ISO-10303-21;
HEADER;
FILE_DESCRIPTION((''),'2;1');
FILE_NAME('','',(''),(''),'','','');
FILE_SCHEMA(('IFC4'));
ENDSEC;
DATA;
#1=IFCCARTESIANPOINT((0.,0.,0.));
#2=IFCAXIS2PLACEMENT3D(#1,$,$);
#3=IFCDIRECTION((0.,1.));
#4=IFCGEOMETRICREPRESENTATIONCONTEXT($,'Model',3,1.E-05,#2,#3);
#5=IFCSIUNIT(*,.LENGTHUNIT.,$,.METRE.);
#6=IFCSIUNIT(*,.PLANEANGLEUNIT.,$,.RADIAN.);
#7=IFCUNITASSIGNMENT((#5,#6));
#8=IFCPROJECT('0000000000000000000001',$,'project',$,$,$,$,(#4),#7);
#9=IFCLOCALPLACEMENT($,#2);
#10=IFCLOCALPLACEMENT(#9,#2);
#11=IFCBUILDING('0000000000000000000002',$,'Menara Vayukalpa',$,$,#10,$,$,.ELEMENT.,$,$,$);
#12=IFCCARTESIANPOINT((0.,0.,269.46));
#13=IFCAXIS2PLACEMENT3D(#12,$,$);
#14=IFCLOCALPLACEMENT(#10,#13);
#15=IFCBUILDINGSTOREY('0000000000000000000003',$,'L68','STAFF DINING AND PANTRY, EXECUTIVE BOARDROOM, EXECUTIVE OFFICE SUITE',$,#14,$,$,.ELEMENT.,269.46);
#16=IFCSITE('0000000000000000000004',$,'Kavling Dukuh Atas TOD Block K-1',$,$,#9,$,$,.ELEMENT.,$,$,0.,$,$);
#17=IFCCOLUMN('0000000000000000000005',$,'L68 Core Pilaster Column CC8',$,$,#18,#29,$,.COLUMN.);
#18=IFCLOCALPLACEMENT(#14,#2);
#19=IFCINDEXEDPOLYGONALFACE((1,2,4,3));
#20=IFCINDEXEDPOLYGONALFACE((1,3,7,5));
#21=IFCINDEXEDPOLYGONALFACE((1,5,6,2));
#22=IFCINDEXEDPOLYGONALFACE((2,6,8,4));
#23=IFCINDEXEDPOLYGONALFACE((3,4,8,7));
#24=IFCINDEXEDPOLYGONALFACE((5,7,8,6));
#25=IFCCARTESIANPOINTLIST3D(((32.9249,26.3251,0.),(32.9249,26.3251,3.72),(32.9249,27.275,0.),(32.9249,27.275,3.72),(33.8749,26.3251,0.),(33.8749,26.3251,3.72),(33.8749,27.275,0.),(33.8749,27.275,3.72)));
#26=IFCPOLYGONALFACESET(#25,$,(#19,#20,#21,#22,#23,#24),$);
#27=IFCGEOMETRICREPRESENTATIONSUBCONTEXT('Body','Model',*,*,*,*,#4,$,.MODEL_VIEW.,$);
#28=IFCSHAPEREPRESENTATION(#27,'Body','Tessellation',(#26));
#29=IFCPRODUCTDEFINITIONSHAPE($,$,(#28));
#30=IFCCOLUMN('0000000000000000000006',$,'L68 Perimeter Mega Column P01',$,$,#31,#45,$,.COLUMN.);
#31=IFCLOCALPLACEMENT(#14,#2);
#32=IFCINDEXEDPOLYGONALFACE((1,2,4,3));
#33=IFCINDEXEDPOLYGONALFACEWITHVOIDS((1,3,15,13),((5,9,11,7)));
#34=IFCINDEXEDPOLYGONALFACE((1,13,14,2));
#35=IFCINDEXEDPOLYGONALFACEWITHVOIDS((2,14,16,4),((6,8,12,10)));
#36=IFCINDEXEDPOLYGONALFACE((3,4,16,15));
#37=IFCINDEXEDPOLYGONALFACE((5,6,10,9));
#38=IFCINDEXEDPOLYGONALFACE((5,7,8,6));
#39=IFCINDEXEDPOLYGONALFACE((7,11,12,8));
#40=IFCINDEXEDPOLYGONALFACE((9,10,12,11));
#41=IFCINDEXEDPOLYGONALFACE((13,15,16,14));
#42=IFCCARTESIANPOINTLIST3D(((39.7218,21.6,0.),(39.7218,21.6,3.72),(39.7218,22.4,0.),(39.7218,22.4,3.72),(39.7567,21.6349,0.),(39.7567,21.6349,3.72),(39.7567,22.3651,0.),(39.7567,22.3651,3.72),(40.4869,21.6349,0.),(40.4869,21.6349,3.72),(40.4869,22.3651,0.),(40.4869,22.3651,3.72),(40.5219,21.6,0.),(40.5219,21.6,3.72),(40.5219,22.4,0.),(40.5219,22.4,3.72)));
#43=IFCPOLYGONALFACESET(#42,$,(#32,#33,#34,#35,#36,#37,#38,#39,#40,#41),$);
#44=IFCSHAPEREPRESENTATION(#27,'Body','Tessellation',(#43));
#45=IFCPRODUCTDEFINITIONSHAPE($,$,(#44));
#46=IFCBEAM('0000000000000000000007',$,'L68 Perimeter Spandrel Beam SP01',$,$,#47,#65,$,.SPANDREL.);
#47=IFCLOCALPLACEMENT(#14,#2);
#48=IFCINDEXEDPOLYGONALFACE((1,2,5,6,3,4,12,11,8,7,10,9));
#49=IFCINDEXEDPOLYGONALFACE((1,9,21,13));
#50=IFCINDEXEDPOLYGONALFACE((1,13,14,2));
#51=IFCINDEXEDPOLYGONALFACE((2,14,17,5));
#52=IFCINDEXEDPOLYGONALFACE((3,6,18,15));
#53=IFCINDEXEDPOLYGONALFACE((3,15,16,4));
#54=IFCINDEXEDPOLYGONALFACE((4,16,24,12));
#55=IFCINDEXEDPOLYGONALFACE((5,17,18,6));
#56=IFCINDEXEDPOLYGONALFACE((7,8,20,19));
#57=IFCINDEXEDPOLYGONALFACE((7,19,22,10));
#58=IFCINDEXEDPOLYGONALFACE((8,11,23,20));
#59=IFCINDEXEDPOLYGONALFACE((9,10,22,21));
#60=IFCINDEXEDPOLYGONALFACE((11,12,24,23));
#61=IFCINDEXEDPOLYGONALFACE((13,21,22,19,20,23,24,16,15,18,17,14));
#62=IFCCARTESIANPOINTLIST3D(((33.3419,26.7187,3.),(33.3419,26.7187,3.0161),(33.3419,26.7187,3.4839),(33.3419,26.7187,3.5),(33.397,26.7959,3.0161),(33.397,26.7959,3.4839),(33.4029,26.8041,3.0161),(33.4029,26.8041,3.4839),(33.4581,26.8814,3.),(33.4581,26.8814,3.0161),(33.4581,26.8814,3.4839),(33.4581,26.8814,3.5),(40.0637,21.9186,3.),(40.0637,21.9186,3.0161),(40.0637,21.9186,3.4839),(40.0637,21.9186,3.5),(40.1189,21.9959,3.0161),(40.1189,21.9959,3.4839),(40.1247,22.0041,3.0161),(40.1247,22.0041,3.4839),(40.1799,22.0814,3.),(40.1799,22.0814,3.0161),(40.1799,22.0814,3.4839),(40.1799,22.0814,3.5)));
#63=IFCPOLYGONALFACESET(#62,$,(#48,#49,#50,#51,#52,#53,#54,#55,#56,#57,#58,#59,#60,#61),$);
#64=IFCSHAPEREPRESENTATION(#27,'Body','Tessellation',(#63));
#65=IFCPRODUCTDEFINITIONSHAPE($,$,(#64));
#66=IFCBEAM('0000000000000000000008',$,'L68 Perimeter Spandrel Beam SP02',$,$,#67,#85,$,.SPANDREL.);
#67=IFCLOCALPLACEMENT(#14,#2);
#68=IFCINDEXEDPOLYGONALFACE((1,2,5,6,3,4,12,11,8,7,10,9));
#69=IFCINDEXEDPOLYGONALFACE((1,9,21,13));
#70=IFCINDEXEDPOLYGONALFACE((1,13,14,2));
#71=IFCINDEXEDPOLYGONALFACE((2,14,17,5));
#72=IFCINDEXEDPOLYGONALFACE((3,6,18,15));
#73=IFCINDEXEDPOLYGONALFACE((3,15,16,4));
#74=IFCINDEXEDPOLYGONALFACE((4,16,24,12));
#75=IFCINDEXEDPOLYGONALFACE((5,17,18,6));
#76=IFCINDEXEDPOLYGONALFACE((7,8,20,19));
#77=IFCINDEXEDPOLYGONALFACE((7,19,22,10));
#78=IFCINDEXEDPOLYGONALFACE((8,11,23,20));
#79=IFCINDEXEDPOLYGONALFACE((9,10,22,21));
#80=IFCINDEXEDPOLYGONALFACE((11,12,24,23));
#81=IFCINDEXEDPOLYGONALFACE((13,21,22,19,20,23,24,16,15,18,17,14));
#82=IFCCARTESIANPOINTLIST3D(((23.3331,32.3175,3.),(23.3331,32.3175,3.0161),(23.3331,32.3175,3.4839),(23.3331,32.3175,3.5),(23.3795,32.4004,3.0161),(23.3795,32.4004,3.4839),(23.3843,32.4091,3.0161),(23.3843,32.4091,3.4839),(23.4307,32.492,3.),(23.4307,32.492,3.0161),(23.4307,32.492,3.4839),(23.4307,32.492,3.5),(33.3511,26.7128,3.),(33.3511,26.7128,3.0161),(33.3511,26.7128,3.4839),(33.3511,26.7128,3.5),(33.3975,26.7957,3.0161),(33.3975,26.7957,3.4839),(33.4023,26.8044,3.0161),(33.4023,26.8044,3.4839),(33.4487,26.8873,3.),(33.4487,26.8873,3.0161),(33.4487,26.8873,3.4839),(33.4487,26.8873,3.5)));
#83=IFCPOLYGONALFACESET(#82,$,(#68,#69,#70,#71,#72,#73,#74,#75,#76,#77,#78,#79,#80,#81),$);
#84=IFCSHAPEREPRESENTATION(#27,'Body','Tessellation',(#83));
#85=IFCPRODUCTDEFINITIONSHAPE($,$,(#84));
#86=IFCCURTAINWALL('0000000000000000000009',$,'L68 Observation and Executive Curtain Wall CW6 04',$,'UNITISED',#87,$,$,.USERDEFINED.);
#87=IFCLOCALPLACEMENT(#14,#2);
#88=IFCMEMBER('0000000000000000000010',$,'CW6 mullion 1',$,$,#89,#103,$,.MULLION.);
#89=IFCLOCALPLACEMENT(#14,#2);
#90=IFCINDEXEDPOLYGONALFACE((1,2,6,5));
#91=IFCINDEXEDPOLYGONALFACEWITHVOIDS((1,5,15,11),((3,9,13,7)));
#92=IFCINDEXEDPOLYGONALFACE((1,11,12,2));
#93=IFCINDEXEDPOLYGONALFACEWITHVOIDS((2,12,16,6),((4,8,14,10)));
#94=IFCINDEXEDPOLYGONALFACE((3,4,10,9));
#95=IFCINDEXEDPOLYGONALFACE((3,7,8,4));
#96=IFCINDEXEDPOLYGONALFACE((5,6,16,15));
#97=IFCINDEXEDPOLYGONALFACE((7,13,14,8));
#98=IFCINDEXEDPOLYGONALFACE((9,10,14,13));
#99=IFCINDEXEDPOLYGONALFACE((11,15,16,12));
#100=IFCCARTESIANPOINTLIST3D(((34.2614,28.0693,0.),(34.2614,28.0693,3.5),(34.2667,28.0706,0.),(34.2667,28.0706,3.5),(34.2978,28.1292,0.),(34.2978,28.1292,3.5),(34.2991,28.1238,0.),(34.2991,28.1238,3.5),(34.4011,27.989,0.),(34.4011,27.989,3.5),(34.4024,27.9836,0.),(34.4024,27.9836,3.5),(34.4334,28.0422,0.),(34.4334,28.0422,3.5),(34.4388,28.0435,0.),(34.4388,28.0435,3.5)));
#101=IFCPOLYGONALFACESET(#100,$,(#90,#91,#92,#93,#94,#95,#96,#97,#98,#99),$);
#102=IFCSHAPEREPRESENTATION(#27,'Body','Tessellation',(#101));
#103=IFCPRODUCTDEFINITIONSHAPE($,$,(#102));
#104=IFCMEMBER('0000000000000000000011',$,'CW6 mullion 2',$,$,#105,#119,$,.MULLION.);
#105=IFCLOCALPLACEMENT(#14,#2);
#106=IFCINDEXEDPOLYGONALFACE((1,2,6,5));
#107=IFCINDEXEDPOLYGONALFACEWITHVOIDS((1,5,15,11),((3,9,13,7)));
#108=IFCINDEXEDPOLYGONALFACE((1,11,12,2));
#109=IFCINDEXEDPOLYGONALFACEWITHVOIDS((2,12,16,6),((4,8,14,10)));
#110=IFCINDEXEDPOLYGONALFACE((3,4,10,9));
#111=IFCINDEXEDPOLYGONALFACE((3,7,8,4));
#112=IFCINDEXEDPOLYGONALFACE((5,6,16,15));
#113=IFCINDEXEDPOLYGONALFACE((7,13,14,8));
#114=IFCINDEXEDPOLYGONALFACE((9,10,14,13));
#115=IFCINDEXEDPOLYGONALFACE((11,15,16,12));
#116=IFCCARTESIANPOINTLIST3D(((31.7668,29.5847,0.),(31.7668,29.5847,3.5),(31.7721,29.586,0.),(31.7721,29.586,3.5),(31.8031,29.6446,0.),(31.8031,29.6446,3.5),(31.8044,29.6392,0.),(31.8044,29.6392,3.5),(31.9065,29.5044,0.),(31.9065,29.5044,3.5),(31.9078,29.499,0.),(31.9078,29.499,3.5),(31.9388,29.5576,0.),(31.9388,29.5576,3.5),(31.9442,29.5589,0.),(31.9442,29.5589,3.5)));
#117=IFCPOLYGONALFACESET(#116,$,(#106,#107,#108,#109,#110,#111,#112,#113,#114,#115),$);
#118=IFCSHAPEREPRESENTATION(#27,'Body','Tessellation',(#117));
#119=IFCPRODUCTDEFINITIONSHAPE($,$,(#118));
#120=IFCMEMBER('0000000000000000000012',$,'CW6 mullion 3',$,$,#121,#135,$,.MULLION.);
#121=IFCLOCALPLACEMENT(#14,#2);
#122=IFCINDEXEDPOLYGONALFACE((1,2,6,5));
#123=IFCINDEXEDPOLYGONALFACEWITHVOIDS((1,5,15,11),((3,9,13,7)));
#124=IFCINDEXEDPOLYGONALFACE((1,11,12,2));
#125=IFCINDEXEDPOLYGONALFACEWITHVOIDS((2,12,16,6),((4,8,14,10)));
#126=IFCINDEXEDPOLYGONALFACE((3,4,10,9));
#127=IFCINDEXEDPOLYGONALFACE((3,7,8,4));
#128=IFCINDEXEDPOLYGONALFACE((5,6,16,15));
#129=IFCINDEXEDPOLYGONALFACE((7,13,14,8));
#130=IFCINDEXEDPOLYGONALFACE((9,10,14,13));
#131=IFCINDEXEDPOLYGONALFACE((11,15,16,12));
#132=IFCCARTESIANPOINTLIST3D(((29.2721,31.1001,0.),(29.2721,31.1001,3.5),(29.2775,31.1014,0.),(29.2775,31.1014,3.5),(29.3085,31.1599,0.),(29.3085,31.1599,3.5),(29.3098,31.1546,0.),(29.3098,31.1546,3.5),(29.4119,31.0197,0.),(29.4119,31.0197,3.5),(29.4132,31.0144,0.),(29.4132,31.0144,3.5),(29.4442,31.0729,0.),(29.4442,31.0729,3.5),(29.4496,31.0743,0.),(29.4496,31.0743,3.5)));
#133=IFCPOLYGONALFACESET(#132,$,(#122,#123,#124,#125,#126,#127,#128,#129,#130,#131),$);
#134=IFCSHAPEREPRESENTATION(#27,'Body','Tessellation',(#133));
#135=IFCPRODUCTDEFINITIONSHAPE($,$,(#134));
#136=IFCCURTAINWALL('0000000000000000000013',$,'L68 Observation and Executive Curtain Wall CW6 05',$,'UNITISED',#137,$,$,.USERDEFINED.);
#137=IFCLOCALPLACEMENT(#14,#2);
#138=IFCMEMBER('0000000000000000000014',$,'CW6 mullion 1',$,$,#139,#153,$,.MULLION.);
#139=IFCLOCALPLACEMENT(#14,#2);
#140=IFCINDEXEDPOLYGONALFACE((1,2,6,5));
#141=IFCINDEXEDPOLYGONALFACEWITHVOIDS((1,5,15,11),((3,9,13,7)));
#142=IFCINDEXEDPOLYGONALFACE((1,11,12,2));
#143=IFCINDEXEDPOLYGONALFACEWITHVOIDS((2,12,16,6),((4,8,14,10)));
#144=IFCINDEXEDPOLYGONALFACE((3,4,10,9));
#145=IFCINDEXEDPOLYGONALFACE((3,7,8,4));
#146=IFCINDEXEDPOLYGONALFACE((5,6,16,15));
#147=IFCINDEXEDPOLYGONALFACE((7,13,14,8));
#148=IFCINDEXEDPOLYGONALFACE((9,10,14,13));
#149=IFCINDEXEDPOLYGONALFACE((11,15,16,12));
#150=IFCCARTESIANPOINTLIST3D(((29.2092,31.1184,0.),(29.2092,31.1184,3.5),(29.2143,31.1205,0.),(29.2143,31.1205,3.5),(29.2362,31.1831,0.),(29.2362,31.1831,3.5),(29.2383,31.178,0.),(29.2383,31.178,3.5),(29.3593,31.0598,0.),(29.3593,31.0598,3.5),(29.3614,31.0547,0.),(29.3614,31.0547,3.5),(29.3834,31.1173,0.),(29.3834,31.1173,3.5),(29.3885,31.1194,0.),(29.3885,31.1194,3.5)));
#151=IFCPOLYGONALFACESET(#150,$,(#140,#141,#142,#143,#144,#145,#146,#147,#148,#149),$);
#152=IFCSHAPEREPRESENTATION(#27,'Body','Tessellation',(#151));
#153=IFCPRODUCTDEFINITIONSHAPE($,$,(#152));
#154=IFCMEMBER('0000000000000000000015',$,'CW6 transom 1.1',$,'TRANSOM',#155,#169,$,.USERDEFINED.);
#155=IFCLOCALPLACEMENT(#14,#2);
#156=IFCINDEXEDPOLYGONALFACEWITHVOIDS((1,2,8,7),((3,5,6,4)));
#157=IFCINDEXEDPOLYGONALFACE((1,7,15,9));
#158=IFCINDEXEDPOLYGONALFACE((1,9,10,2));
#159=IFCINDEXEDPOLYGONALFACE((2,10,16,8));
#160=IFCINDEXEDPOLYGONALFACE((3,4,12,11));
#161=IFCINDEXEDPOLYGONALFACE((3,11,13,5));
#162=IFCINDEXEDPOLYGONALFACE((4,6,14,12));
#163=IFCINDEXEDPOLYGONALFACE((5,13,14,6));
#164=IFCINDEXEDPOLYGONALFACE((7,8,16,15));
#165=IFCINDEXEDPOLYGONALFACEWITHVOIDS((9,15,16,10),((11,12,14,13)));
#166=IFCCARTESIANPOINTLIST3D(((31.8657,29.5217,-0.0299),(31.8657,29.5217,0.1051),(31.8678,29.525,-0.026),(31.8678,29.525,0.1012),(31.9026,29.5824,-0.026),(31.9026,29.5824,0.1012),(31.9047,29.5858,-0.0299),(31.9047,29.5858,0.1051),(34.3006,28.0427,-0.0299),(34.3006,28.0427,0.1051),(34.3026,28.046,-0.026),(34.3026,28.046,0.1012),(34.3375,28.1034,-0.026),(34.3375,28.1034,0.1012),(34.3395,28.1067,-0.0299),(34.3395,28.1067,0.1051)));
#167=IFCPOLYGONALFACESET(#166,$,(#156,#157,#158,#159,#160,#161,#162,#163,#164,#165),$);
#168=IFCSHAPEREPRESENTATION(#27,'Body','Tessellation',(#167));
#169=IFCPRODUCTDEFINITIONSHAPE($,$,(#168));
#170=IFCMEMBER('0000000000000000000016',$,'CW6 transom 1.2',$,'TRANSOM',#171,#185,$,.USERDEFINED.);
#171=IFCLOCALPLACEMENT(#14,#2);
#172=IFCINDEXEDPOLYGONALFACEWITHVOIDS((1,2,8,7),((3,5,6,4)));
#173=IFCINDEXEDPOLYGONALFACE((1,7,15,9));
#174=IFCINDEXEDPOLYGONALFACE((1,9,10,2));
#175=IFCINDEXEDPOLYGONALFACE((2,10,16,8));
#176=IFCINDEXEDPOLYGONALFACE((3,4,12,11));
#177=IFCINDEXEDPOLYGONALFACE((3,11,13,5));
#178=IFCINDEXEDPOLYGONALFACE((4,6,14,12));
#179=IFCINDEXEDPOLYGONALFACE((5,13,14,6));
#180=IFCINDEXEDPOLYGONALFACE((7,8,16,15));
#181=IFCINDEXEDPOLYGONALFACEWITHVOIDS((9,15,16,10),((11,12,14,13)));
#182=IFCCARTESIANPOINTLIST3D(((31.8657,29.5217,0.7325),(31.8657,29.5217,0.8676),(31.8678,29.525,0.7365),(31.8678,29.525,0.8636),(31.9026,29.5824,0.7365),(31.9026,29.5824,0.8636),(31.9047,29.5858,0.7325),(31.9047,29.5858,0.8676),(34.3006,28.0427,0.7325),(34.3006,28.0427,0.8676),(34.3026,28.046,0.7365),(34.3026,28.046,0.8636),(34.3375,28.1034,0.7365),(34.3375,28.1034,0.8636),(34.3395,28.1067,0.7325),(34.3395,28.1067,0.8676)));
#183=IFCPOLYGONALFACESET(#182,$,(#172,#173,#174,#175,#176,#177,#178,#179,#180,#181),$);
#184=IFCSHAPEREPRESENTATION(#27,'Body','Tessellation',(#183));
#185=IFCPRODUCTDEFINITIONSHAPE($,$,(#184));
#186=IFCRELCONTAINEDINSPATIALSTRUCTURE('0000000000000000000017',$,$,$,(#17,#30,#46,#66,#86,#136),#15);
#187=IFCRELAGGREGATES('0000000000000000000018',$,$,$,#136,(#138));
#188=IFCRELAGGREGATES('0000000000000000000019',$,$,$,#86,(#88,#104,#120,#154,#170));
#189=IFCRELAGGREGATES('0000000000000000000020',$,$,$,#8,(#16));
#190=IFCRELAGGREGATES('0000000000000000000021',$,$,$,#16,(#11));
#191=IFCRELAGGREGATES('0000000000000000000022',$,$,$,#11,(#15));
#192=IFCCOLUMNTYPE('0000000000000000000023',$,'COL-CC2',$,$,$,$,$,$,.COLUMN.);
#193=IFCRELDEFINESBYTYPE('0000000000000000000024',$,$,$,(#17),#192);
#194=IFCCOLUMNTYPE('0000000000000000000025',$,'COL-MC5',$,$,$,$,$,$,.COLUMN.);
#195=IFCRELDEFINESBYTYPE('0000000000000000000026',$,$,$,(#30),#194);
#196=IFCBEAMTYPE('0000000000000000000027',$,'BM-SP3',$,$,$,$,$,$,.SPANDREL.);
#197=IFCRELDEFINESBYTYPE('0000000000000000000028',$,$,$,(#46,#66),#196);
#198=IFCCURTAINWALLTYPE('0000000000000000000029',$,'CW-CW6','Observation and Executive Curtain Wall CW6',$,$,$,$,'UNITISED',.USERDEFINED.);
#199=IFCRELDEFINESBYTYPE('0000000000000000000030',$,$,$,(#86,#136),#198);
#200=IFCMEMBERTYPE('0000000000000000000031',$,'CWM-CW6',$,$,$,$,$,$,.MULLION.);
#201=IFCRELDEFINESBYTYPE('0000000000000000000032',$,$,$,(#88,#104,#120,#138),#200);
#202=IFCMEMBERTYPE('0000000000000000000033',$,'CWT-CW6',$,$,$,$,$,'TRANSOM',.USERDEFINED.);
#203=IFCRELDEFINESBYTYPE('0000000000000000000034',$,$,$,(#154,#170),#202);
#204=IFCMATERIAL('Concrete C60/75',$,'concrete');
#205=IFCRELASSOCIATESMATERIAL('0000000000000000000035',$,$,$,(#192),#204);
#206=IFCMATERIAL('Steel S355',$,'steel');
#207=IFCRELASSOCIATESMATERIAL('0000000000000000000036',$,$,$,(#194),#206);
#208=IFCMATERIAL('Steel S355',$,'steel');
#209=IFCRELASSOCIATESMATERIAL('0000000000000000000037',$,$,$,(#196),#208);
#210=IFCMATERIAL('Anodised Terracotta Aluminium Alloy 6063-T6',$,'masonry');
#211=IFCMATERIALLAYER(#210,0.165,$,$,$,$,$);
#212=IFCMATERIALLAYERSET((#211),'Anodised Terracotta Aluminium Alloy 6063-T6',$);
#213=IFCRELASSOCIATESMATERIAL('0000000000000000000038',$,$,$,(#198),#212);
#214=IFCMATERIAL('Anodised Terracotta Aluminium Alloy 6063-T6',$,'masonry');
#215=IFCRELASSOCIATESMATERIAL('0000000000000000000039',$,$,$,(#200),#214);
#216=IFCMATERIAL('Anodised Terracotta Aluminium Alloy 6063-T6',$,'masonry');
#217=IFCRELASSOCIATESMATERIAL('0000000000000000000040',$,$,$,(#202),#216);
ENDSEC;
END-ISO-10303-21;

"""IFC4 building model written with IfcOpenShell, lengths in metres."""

from ifc_helpers import new_model, si_unit, direction, frame, origin, origin_2d, place, context, subcontext, project, spatial, rectangle, hollow_rectangle, i_section, extrude, material, layer, layer_set, material_profile, profile_set, type_object, element, aggregate, save


model = new_model("IFC4")

# Units and contexts
model_context = context("Model", 3, precision=1e-05, world=origin(), true_north=direction((0.0, 1.0)))
body_context = subcontext(model_context, "Body", "Model", "MODEL_VIEW")
ifc_project = project(units=[si_unit("LENGTHUNIT", "METRE"), si_unit("PLANEANGLEUNIT", "RADIAN")], contexts=[model_context])

# Site, building, storey
site_placement = place(None, origin())
site = spatial("IfcSite", under=ifc_project, at=site_placement, Name="Kavling Dukuh Atas TOD Block K-1", CompositionType="ELEMENT", RefElevation=0.0)
building_placement = place(site_placement, origin())
building = spatial("IfcBuilding", under=site, at=building_placement, Name="Menara Vayukalpa", CompositionType="ELEMENT")
storey_placement = place(building_placement, frame((0.0, 0.0, 269.46)))
storey = spatial("IfcBuildingStorey", under=building, at=storey_placement, Name="L68", Description="STAFF DINING AND PANTRY, EXECUTIVE BOARDROOM, EXECUTIVE OFFICE SUITE", CompositionType="ELEMENT", Elevation=269.46)

# Columns
ifc_material_1 = material(Name="Concrete C60/75", Category="concrete")
ifc_material_profile_1 = material_profile(ifc_material_1, rectangle(XDim=0.95, YDim=0.95, at=origin_2d()), Name="RC 950x950")
ifc_profile_set_1 = profile_set([ifc_material_profile_1], Name="Concrete C60/75")
column_type_1 = type_object("IfcColumnType", Name="COL-CC2", PredefinedType="COLUMN", material=ifc_profile_set_1)
column_1_placement = place(storey_placement, frame((33.3999, 26.8, 0.0), z_axis=(0.0, 0.0, 1.0), x_axis=(1.0, 0.0, 0.0)))
element("IfcColumn", 1, at=column_1_placement, inside=storey, type_object=column_type_1, Name="L68 Core Pilaster Column CC8", PredefinedType="COLUMN", context=body_context, shape_type="SweptSolid", body=[
    extrude(rectangle(XDim=0.95, YDim=0.95, at=origin_2d()), origin(), (0.0, 0.0, 1.0), 3.72),
])
ifc_material_2 = material(Name="Steel S355", Category="steel")
ifc_material_profile_2 = material_profile(ifc_material_2, hollow_rectangle(XDim=0.8, YDim=0.8, WallThickness=0.0349, at=origin_2d()), Name="BOX 800x800x35")
ifc_profile_set_2 = profile_set([ifc_material_profile_2], Name="Steel S355")
column_type_2 = type_object("IfcColumnType", Name="COL-MC5", PredefinedType="COLUMN", material=ifc_profile_set_2)
column_2_placement = place(storey_placement, frame((40.1218, 22.0, 0.0), z_axis=(0.0, 0.0, 1.0), x_axis=(1.0, 0.0, 0.0)))
element("IfcColumn", 2, at=column_2_placement, inside=storey, type_object=column_type_2, Name="L68 Perimeter Mega Column P01", PredefinedType="COLUMN", context=body_context, shape_type="SweptSolid", body=[
    extrude(hollow_rectangle(XDim=0.8, YDim=0.8, WallThickness=0.0349, at=origin_2d()), origin(), (0.0, 0.0, 1.0), 3.72),
])

# Beams
ifc_material_3 = material(Name="Steel S355", Category="steel")
ifc_material_profile_3 = material_profile(ifc_material_3, i_section(OverallWidth=0.2, OverallDepth=0.5, WebThickness=0.01, FlangeThickness=0.0161, at=origin_2d()), Name="WF 500x200x10x16")
ifc_profile_set_3 = profile_set([ifc_material_profile_3], Name="Steel S355")
beam_type = type_object("IfcBeamType", Name="BM-SP3", PredefinedType="SPANDREL", material=ifc_profile_set_3)
beam_1_placement = place(storey_placement, frame((40.1218, 22.0, 3.25), z_axis=(-0.813809, 0.581132, 0.0), x_axis=(-0.581132, -0.813809, 0.0)))
element("IfcBeam", 3, at=beam_1_placement, inside=storey, type_object=beam_type, Name="L68 Perimeter Spandrel Beam SP01", PredefinedType="SPANDREL", context=body_context, shape_type="SweptSolid", body=[
    extrude(i_section(OverallWidth=0.2, OverallDepth=0.5, WebThickness=0.01, FlangeThickness=0.0161, at=origin_2d()), origin(), (0.0, 0.0, 1.0), 8.2598),
])
beam_2_placement = place(storey_placement, frame((33.3999, 26.8, 3.25), z_axis=(-0.872706, 0.488246, 0.0), x_axis=(-0.488246, -0.872706, 0.0)))
element("IfcBeam", 4, at=beam_2_placement, inside=storey, type_object=beam_type, Name="L68 Perimeter Spandrel Beam SP02", PredefinedType="SPANDREL", context=body_context, shape_type="SweptSolid", body=[
    extrude(i_section(OverallWidth=0.2, OverallDepth=0.5, WebThickness=0.01, FlangeThickness=0.0161, at=origin_2d()), origin(), (0.0, 0.0, 1.0), 11.4792),
])

# Curtain wall, members
ifc_material_4 = material(Name="Anodised Terracotta Aluminium Alloy 6063-T6", Category="masonry")
ifc_layer_1 = layer(ifc_material_4, 0.165)
ifc_layer_set_1 = layer_set([ifc_layer_1], Name="Anodised Terracotta Aluminium Alloy 6063-T6")
curtain_wall_type = type_object("IfcCurtainWallType", Name="CW-CW6", Description="Observation and Executive Curtain Wall CW6", ElementType="UNITISED", PredefinedType="USERDEFINED", material=ifc_layer_set_1)
curtain_wall_1_placement = place(storey_placement, origin())
curtain_wall_1 = element("IfcCurtainWall", 5, at=curtain_wall_1_placement, inside=storey, type_object=curtain_wall_type, Name="L68 Observation and Executive Curtain Wall CW6 04", ObjectType="UNITISED", PredefinedType="USERDEFINED")
ifc_material_5 = material(Name="Anodised Terracotta Aluminium Alloy 6063-T6", Category="masonry")
ifc_material_profile_4 = material_profile(ifc_material_5, hollow_rectangle(XDim=0.0701, YDim=0.165, WallThickness=0.0039, at=origin_2d()), Name="ALU 70x165x4")
ifc_profile_set_4 = profile_set([ifc_material_profile_4], Name="Anodised Terracotta Aluminium Alloy 6063-T6")
member_type_1 = type_object("IfcMemberType", Name="CWM-CW6", PredefinedType="MULLION", material=ifc_profile_set_4)
member_1_placement = place(storey_placement, frame((34.3501, 28.0564, 0.0), z_axis=(0.0, 0.0, 1.0), x_axis=(-0.519176, -0.854668, 0.0)))
member_1 = element("IfcMember", 6, at=member_1_placement, type_object=member_type_1, Name="CW6 mullion 1", PredefinedType="MULLION", context=body_context, shape_type="SweptSolid", body=[
    extrude(hollow_rectangle(XDim=0.0701, YDim=0.165, WallThickness=0.0039, at=origin_2d()), origin(), (0.0, 0.0, 1.0), 3.5),
])
member_2_placement = place(storey_placement, frame((31.8555, 29.5718, 0.0), z_axis=(0.0, 0.0, 1.0), x_axis=(-0.519176, -0.854668, 0.0)))
member_2 = element("IfcMember", 7, at=member_2_placement, type_object=member_type_1, Name="CW6 mullion 2", PredefinedType="MULLION", context=body_context, shape_type="SweptSolid", body=[
    extrude(hollow_rectangle(XDim=0.0701, YDim=0.165, WallThickness=0.0039, at=origin_2d()), origin(), (0.0, 0.0, 1.0), 3.5),
])
member_3_placement = place(storey_placement, frame((29.3608, 31.0872, 0.0), z_axis=(0.0, 0.0, 1.0), x_axis=(-0.519176, -0.854668, 0.0)))
member_3 = element("IfcMember", 8, at=member_3_placement, type_object=member_type_1, Name="CW6 mullion 3", PredefinedType="MULLION", context=body_context, shape_type="SweptSolid", body=[
    extrude(hollow_rectangle(XDim=0.0701, YDim=0.165, WallThickness=0.0039, at=origin_2d()), origin(), (0.0, 0.0, 1.0), 3.5),
])

# Curtain wall, member
curtain_wall_2_placement = place(storey_placement, origin())
curtain_wall_2 = element("IfcCurtainWall", 9, at=curtain_wall_2_placement, inside=storey, type_object=curtain_wall_type, Name="L68 Observation and Executive Curtain Wall CW6 05", ObjectType="UNITISED", PredefinedType="USERDEFINED")
member_4_placement = place(storey_placement, frame((29.2988, 31.1189, 0.0), z_axis=(0.0, 0.0, 1.0), x_axis=(-0.3859, -0.922541, 0.0)))
member_4 = element("IfcMember", 10, at=member_4_placement, type_object=member_type_1, Name="CW6 mullion 1", PredefinedType="MULLION", context=body_context, shape_type="SweptSolid", body=[
    extrude(hollow_rectangle(XDim=0.0701, YDim=0.165, WallThickness=0.0039, at=origin_2d()), origin(), (0.0, 0.0, 1.0), 3.5),
])

# Members
ifc_material_6 = material(Name="Anodised Terracotta Aluminium Alloy 6063-T6", Category="masonry")
ifc_material_profile_5 = material_profile(ifc_material_6, hollow_rectangle(XDim=0.075, YDim=0.135, WallThickness=0.0039, at=origin_2d()), Name="ALU 75x135x4")
ifc_profile_set_5 = profile_set([ifc_material_profile_5], Name="Anodised Terracotta Aluminium Alloy 6063-T6")
member_type_2 = type_object("IfcMemberType", Name="CWT-CW6", ElementType="TRANSOM", PredefinedType="USERDEFINED", material=ifc_profile_set_5)
member_5_placement = place(storey_placement, frame((34.3201, 28.0747, 0.0376), z_axis=(-0.854675, 0.519164, 0.0), x_axis=(-0.519164, -0.854675, 0.0)))
member_5 = element("IfcMember", 11, at=member_5_placement, type_object=member_type_2, Name="CW6 transom 1.1", ObjectType="TRANSOM", PredefinedType="USERDEFINED", context=body_context, shape_type="SweptSolid", body=[
    extrude(hollow_rectangle(XDim=0.075, YDim=0.135, WallThickness=0.0039, at=origin_2d()), origin(), (0.0, 0.0, 1.0), 2.8489),
])
member_6_placement = place(storey_placement, frame((34.3201, 28.0747, 0.8), z_axis=(-0.854675, 0.519164, 0.0), x_axis=(-0.519164, -0.854675, 0.0)))
member_6 = element("IfcMember", 12, at=member_6_placement, type_object=member_type_2, Name="CW6 transom 1.2", ObjectType="TRANSOM", PredefinedType="USERDEFINED", context=body_context, shape_type="SweptSolid", body=[
    extrude(hollow_rectangle(XDim=0.075, YDim=0.135, WallThickness=0.0039, at=origin_2d()), origin(), (0.0, 0.0, 1.0), 2.8489),
])
aggregate(curtain_wall_2, [member_4])

aggregate(curtain_wall_1, [member_1, member_2, member_3, member_5, member_6])

save(model, "model.ifc")
